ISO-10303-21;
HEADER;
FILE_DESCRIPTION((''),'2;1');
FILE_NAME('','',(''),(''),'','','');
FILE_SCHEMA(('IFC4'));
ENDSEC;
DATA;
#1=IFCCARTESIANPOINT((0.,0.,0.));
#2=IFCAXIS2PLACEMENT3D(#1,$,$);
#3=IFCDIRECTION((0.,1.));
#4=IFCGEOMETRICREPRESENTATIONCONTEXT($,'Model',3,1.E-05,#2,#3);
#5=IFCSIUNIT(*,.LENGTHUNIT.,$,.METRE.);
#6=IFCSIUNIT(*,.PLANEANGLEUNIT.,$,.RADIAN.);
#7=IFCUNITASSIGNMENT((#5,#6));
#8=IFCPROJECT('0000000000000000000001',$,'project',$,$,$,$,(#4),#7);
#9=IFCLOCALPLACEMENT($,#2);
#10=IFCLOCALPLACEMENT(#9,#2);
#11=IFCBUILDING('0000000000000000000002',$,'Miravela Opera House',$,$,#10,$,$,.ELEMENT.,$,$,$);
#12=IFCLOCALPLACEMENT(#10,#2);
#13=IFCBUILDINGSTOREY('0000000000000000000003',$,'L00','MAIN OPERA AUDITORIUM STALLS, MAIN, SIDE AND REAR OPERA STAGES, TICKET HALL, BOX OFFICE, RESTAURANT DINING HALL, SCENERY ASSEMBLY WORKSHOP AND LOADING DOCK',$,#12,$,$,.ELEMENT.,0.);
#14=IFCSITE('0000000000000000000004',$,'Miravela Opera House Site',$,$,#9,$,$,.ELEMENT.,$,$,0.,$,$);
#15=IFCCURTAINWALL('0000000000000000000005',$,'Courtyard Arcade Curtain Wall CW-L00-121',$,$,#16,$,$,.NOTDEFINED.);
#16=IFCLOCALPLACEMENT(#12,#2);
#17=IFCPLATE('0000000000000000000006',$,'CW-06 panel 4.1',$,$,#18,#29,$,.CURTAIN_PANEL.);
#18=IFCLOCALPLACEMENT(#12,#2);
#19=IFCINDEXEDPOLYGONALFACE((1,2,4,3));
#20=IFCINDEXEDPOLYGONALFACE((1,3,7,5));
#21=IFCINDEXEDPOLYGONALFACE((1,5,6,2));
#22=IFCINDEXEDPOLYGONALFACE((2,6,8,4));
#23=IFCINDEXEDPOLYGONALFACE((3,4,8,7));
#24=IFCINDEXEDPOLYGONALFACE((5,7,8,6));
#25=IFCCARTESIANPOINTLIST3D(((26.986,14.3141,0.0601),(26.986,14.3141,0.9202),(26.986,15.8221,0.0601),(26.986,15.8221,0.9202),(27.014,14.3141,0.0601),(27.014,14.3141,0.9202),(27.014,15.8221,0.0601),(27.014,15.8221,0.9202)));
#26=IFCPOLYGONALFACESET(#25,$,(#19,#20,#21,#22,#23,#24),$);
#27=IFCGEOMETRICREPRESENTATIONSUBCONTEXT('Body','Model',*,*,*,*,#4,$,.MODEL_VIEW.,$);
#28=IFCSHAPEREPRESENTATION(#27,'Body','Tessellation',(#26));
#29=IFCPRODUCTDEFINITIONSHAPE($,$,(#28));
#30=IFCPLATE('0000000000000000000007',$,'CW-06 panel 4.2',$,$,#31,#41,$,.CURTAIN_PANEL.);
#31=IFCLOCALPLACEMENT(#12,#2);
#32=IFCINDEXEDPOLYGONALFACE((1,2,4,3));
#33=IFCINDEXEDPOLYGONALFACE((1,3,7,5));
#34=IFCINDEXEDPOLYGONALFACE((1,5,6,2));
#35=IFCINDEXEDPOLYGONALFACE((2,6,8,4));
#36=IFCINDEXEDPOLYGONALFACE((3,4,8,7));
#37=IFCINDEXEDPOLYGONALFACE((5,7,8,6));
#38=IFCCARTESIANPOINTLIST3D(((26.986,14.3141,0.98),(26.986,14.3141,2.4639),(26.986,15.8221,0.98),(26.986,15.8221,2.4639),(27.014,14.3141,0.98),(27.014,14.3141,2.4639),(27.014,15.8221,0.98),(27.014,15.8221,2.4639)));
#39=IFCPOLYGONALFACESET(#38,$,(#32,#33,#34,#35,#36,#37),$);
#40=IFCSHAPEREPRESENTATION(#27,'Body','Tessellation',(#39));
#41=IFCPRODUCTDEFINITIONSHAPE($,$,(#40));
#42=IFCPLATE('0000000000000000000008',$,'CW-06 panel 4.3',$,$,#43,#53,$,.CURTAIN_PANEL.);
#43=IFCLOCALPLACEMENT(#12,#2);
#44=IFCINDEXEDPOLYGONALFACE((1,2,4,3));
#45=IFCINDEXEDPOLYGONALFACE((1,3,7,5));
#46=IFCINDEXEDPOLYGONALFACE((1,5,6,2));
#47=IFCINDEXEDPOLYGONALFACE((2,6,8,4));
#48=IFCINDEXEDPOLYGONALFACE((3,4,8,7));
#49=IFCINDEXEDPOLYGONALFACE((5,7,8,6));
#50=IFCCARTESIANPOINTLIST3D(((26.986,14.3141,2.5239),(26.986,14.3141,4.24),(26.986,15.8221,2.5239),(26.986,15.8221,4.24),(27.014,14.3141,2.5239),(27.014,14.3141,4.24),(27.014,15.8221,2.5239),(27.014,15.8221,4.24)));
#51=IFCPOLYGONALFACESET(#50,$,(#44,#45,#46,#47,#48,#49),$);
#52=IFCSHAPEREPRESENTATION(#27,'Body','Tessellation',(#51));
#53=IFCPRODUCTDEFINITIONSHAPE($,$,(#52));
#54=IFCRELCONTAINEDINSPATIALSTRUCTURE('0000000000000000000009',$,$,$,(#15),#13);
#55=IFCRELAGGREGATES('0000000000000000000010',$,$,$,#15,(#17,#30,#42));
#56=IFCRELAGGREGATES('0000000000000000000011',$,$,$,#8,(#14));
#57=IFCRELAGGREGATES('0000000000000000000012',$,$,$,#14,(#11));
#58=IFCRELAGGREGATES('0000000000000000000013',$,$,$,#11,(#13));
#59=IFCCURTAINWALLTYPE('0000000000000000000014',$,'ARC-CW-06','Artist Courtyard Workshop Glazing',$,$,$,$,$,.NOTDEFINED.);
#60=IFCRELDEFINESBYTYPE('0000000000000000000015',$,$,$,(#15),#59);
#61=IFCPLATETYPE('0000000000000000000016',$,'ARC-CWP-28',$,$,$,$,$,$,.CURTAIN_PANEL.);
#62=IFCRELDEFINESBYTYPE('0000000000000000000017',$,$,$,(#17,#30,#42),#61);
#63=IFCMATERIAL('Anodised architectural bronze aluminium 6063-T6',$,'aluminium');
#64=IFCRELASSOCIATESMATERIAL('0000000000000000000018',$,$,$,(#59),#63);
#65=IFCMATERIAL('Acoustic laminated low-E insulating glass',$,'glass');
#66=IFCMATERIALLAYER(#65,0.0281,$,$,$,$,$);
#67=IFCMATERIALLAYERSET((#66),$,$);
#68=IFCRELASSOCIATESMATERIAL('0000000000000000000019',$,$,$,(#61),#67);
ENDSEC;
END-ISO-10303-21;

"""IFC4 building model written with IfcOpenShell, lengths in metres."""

from ifc_helpers import new_model, si_unit, direction, frame, origin, origin_2d, place, context, subcontext, project, spatial, rectangle, extrude, material, layer, layer_set, type_object, element, aggregate, save


model = new_model("IFC4")

# Units and contexts
model_context = context("Model", 3, precision=1e-05, world=origin(), true_north=direction((0.0, 1.0)))
body_context = subcontext(model_context, "Body", "Model", "MODEL_VIEW")
ifc_project = project(units=[si_unit("LENGTHUNIT", "METRE"), si_unit("PLANEANGLEUNIT", "RADIAN")], contexts=[model_context])

# Site, building, storey
site_placement = place(None, origin())
site = spatial("IfcSite", under=ifc_project, at=site_placement, Name="Miravela Opera House Site", CompositionType="ELEMENT", RefElevation=0.0)
building_placement = place(site_placement, origin())
building = spatial("IfcBuilding", under=site, at=building_placement, Name="Miravela Opera House", CompositionType="ELEMENT")
storey_placement = place(building_placement, origin())
storey = spatial("IfcBuildingStorey", under=building, at=storey_placement, Name="L00", Description="MAIN OPERA AUDITORIUM STALLS, MAIN, SIDE AND REAR OPERA STAGES, TICKET HALL, BOX OFFICE, RESTAURANT DINING HALL, SCENERY ASSEMBLY WORKSHOP AND LOADING DOCK", CompositionType="ELEMENT", Elevation=0.0)

# Curtain wall
ifc_material_1 = material(Name="Anodised architectural bronze aluminium 6063-T6", Category="aluminium")
curtain_wall_type = type_object("IfcCurtainWallType", Name="ARC-CW-06", Description="Artist Courtyard Workshop Glazing", PredefinedType="NOTDEFINED", material=ifc_material_1)
curtain_wall_placement = place(storey_placement, origin())
curtain_wall = element("IfcCurtainWall", 1, at=curtain_wall_placement, inside=storey, type_object=curtain_wall_type, Name="Courtyard Arcade Curtain Wall CW-L00-121", PredefinedType="NOTDEFINED")

# Plates
ifc_material_2 = material(Name="Acoustic laminated low-E insulating glass", Category="glass")
ifc_layer = layer(ifc_material_2, 0.0281)
ifc_layer_set = layer_set([ifc_layer])
plate_type = type_object("IfcPlateType", Name="ARC-CWP-28", PredefinedType="CURTAIN_PANEL", material=ifc_layer_set)
plate_1_placement = place(storey_placement, frame((27.0, 15.0681, 0.0601), z_axis=(0.0, 0.0, 1.0), x_axis=(0.0, 1.0, 0.0)))
plate_1 = element("IfcPlate", 2, at=plate_1_placement, type_object=plate_type, Name="CW-06 panel 4.1", PredefinedType="CURTAIN_PANEL", context=body_context, shape_type="SweptSolid", body=[
    extrude(rectangle(XDim=1.5081, YDim=0.0281, at=origin_2d()), origin(), (0.0, 0.0, 1.0), 0.8601),
])
plate_2_placement = place(storey_placement, frame((27.0, 15.0681, 0.98), z_axis=(0.0, 0.0, 1.0), x_axis=(0.0, 1.0, 0.0)))
plate_2 = element("IfcPlate", 3, at=plate_2_placement, type_object=plate_type, Name="CW-06 panel 4.2", PredefinedType="CURTAIN_PANEL", context=body_context, shape_type="SweptSolid", body=[
    extrude(rectangle(XDim=1.5081, YDim=0.0281, at=origin_2d()), origin(), (0.0, 0.0, 1.0), 1.4839),
])
plate_3_placement = place(storey_placement, frame((27.0, 15.0681, 2.5239), z_axis=(0.0, 0.0, 1.0), x_axis=(0.0, 1.0, 0.0)))
plate_3 = element("IfcPlate", 4, at=plate_3_placement, type_object=plate_type, Name="CW-06 panel 4.3", PredefinedType="CURTAIN_PANEL", context=body_context, shape_type="SweptSolid", body=[
    extrude(rectangle(XDim=1.5081, YDim=0.0281, at=origin_2d()), origin(), (0.0, 0.0, 1.0), 1.7161),
])
aggregate(curtain_wall, [plate_1, plate_2, plate_3])

save(model, "model.ifc")
